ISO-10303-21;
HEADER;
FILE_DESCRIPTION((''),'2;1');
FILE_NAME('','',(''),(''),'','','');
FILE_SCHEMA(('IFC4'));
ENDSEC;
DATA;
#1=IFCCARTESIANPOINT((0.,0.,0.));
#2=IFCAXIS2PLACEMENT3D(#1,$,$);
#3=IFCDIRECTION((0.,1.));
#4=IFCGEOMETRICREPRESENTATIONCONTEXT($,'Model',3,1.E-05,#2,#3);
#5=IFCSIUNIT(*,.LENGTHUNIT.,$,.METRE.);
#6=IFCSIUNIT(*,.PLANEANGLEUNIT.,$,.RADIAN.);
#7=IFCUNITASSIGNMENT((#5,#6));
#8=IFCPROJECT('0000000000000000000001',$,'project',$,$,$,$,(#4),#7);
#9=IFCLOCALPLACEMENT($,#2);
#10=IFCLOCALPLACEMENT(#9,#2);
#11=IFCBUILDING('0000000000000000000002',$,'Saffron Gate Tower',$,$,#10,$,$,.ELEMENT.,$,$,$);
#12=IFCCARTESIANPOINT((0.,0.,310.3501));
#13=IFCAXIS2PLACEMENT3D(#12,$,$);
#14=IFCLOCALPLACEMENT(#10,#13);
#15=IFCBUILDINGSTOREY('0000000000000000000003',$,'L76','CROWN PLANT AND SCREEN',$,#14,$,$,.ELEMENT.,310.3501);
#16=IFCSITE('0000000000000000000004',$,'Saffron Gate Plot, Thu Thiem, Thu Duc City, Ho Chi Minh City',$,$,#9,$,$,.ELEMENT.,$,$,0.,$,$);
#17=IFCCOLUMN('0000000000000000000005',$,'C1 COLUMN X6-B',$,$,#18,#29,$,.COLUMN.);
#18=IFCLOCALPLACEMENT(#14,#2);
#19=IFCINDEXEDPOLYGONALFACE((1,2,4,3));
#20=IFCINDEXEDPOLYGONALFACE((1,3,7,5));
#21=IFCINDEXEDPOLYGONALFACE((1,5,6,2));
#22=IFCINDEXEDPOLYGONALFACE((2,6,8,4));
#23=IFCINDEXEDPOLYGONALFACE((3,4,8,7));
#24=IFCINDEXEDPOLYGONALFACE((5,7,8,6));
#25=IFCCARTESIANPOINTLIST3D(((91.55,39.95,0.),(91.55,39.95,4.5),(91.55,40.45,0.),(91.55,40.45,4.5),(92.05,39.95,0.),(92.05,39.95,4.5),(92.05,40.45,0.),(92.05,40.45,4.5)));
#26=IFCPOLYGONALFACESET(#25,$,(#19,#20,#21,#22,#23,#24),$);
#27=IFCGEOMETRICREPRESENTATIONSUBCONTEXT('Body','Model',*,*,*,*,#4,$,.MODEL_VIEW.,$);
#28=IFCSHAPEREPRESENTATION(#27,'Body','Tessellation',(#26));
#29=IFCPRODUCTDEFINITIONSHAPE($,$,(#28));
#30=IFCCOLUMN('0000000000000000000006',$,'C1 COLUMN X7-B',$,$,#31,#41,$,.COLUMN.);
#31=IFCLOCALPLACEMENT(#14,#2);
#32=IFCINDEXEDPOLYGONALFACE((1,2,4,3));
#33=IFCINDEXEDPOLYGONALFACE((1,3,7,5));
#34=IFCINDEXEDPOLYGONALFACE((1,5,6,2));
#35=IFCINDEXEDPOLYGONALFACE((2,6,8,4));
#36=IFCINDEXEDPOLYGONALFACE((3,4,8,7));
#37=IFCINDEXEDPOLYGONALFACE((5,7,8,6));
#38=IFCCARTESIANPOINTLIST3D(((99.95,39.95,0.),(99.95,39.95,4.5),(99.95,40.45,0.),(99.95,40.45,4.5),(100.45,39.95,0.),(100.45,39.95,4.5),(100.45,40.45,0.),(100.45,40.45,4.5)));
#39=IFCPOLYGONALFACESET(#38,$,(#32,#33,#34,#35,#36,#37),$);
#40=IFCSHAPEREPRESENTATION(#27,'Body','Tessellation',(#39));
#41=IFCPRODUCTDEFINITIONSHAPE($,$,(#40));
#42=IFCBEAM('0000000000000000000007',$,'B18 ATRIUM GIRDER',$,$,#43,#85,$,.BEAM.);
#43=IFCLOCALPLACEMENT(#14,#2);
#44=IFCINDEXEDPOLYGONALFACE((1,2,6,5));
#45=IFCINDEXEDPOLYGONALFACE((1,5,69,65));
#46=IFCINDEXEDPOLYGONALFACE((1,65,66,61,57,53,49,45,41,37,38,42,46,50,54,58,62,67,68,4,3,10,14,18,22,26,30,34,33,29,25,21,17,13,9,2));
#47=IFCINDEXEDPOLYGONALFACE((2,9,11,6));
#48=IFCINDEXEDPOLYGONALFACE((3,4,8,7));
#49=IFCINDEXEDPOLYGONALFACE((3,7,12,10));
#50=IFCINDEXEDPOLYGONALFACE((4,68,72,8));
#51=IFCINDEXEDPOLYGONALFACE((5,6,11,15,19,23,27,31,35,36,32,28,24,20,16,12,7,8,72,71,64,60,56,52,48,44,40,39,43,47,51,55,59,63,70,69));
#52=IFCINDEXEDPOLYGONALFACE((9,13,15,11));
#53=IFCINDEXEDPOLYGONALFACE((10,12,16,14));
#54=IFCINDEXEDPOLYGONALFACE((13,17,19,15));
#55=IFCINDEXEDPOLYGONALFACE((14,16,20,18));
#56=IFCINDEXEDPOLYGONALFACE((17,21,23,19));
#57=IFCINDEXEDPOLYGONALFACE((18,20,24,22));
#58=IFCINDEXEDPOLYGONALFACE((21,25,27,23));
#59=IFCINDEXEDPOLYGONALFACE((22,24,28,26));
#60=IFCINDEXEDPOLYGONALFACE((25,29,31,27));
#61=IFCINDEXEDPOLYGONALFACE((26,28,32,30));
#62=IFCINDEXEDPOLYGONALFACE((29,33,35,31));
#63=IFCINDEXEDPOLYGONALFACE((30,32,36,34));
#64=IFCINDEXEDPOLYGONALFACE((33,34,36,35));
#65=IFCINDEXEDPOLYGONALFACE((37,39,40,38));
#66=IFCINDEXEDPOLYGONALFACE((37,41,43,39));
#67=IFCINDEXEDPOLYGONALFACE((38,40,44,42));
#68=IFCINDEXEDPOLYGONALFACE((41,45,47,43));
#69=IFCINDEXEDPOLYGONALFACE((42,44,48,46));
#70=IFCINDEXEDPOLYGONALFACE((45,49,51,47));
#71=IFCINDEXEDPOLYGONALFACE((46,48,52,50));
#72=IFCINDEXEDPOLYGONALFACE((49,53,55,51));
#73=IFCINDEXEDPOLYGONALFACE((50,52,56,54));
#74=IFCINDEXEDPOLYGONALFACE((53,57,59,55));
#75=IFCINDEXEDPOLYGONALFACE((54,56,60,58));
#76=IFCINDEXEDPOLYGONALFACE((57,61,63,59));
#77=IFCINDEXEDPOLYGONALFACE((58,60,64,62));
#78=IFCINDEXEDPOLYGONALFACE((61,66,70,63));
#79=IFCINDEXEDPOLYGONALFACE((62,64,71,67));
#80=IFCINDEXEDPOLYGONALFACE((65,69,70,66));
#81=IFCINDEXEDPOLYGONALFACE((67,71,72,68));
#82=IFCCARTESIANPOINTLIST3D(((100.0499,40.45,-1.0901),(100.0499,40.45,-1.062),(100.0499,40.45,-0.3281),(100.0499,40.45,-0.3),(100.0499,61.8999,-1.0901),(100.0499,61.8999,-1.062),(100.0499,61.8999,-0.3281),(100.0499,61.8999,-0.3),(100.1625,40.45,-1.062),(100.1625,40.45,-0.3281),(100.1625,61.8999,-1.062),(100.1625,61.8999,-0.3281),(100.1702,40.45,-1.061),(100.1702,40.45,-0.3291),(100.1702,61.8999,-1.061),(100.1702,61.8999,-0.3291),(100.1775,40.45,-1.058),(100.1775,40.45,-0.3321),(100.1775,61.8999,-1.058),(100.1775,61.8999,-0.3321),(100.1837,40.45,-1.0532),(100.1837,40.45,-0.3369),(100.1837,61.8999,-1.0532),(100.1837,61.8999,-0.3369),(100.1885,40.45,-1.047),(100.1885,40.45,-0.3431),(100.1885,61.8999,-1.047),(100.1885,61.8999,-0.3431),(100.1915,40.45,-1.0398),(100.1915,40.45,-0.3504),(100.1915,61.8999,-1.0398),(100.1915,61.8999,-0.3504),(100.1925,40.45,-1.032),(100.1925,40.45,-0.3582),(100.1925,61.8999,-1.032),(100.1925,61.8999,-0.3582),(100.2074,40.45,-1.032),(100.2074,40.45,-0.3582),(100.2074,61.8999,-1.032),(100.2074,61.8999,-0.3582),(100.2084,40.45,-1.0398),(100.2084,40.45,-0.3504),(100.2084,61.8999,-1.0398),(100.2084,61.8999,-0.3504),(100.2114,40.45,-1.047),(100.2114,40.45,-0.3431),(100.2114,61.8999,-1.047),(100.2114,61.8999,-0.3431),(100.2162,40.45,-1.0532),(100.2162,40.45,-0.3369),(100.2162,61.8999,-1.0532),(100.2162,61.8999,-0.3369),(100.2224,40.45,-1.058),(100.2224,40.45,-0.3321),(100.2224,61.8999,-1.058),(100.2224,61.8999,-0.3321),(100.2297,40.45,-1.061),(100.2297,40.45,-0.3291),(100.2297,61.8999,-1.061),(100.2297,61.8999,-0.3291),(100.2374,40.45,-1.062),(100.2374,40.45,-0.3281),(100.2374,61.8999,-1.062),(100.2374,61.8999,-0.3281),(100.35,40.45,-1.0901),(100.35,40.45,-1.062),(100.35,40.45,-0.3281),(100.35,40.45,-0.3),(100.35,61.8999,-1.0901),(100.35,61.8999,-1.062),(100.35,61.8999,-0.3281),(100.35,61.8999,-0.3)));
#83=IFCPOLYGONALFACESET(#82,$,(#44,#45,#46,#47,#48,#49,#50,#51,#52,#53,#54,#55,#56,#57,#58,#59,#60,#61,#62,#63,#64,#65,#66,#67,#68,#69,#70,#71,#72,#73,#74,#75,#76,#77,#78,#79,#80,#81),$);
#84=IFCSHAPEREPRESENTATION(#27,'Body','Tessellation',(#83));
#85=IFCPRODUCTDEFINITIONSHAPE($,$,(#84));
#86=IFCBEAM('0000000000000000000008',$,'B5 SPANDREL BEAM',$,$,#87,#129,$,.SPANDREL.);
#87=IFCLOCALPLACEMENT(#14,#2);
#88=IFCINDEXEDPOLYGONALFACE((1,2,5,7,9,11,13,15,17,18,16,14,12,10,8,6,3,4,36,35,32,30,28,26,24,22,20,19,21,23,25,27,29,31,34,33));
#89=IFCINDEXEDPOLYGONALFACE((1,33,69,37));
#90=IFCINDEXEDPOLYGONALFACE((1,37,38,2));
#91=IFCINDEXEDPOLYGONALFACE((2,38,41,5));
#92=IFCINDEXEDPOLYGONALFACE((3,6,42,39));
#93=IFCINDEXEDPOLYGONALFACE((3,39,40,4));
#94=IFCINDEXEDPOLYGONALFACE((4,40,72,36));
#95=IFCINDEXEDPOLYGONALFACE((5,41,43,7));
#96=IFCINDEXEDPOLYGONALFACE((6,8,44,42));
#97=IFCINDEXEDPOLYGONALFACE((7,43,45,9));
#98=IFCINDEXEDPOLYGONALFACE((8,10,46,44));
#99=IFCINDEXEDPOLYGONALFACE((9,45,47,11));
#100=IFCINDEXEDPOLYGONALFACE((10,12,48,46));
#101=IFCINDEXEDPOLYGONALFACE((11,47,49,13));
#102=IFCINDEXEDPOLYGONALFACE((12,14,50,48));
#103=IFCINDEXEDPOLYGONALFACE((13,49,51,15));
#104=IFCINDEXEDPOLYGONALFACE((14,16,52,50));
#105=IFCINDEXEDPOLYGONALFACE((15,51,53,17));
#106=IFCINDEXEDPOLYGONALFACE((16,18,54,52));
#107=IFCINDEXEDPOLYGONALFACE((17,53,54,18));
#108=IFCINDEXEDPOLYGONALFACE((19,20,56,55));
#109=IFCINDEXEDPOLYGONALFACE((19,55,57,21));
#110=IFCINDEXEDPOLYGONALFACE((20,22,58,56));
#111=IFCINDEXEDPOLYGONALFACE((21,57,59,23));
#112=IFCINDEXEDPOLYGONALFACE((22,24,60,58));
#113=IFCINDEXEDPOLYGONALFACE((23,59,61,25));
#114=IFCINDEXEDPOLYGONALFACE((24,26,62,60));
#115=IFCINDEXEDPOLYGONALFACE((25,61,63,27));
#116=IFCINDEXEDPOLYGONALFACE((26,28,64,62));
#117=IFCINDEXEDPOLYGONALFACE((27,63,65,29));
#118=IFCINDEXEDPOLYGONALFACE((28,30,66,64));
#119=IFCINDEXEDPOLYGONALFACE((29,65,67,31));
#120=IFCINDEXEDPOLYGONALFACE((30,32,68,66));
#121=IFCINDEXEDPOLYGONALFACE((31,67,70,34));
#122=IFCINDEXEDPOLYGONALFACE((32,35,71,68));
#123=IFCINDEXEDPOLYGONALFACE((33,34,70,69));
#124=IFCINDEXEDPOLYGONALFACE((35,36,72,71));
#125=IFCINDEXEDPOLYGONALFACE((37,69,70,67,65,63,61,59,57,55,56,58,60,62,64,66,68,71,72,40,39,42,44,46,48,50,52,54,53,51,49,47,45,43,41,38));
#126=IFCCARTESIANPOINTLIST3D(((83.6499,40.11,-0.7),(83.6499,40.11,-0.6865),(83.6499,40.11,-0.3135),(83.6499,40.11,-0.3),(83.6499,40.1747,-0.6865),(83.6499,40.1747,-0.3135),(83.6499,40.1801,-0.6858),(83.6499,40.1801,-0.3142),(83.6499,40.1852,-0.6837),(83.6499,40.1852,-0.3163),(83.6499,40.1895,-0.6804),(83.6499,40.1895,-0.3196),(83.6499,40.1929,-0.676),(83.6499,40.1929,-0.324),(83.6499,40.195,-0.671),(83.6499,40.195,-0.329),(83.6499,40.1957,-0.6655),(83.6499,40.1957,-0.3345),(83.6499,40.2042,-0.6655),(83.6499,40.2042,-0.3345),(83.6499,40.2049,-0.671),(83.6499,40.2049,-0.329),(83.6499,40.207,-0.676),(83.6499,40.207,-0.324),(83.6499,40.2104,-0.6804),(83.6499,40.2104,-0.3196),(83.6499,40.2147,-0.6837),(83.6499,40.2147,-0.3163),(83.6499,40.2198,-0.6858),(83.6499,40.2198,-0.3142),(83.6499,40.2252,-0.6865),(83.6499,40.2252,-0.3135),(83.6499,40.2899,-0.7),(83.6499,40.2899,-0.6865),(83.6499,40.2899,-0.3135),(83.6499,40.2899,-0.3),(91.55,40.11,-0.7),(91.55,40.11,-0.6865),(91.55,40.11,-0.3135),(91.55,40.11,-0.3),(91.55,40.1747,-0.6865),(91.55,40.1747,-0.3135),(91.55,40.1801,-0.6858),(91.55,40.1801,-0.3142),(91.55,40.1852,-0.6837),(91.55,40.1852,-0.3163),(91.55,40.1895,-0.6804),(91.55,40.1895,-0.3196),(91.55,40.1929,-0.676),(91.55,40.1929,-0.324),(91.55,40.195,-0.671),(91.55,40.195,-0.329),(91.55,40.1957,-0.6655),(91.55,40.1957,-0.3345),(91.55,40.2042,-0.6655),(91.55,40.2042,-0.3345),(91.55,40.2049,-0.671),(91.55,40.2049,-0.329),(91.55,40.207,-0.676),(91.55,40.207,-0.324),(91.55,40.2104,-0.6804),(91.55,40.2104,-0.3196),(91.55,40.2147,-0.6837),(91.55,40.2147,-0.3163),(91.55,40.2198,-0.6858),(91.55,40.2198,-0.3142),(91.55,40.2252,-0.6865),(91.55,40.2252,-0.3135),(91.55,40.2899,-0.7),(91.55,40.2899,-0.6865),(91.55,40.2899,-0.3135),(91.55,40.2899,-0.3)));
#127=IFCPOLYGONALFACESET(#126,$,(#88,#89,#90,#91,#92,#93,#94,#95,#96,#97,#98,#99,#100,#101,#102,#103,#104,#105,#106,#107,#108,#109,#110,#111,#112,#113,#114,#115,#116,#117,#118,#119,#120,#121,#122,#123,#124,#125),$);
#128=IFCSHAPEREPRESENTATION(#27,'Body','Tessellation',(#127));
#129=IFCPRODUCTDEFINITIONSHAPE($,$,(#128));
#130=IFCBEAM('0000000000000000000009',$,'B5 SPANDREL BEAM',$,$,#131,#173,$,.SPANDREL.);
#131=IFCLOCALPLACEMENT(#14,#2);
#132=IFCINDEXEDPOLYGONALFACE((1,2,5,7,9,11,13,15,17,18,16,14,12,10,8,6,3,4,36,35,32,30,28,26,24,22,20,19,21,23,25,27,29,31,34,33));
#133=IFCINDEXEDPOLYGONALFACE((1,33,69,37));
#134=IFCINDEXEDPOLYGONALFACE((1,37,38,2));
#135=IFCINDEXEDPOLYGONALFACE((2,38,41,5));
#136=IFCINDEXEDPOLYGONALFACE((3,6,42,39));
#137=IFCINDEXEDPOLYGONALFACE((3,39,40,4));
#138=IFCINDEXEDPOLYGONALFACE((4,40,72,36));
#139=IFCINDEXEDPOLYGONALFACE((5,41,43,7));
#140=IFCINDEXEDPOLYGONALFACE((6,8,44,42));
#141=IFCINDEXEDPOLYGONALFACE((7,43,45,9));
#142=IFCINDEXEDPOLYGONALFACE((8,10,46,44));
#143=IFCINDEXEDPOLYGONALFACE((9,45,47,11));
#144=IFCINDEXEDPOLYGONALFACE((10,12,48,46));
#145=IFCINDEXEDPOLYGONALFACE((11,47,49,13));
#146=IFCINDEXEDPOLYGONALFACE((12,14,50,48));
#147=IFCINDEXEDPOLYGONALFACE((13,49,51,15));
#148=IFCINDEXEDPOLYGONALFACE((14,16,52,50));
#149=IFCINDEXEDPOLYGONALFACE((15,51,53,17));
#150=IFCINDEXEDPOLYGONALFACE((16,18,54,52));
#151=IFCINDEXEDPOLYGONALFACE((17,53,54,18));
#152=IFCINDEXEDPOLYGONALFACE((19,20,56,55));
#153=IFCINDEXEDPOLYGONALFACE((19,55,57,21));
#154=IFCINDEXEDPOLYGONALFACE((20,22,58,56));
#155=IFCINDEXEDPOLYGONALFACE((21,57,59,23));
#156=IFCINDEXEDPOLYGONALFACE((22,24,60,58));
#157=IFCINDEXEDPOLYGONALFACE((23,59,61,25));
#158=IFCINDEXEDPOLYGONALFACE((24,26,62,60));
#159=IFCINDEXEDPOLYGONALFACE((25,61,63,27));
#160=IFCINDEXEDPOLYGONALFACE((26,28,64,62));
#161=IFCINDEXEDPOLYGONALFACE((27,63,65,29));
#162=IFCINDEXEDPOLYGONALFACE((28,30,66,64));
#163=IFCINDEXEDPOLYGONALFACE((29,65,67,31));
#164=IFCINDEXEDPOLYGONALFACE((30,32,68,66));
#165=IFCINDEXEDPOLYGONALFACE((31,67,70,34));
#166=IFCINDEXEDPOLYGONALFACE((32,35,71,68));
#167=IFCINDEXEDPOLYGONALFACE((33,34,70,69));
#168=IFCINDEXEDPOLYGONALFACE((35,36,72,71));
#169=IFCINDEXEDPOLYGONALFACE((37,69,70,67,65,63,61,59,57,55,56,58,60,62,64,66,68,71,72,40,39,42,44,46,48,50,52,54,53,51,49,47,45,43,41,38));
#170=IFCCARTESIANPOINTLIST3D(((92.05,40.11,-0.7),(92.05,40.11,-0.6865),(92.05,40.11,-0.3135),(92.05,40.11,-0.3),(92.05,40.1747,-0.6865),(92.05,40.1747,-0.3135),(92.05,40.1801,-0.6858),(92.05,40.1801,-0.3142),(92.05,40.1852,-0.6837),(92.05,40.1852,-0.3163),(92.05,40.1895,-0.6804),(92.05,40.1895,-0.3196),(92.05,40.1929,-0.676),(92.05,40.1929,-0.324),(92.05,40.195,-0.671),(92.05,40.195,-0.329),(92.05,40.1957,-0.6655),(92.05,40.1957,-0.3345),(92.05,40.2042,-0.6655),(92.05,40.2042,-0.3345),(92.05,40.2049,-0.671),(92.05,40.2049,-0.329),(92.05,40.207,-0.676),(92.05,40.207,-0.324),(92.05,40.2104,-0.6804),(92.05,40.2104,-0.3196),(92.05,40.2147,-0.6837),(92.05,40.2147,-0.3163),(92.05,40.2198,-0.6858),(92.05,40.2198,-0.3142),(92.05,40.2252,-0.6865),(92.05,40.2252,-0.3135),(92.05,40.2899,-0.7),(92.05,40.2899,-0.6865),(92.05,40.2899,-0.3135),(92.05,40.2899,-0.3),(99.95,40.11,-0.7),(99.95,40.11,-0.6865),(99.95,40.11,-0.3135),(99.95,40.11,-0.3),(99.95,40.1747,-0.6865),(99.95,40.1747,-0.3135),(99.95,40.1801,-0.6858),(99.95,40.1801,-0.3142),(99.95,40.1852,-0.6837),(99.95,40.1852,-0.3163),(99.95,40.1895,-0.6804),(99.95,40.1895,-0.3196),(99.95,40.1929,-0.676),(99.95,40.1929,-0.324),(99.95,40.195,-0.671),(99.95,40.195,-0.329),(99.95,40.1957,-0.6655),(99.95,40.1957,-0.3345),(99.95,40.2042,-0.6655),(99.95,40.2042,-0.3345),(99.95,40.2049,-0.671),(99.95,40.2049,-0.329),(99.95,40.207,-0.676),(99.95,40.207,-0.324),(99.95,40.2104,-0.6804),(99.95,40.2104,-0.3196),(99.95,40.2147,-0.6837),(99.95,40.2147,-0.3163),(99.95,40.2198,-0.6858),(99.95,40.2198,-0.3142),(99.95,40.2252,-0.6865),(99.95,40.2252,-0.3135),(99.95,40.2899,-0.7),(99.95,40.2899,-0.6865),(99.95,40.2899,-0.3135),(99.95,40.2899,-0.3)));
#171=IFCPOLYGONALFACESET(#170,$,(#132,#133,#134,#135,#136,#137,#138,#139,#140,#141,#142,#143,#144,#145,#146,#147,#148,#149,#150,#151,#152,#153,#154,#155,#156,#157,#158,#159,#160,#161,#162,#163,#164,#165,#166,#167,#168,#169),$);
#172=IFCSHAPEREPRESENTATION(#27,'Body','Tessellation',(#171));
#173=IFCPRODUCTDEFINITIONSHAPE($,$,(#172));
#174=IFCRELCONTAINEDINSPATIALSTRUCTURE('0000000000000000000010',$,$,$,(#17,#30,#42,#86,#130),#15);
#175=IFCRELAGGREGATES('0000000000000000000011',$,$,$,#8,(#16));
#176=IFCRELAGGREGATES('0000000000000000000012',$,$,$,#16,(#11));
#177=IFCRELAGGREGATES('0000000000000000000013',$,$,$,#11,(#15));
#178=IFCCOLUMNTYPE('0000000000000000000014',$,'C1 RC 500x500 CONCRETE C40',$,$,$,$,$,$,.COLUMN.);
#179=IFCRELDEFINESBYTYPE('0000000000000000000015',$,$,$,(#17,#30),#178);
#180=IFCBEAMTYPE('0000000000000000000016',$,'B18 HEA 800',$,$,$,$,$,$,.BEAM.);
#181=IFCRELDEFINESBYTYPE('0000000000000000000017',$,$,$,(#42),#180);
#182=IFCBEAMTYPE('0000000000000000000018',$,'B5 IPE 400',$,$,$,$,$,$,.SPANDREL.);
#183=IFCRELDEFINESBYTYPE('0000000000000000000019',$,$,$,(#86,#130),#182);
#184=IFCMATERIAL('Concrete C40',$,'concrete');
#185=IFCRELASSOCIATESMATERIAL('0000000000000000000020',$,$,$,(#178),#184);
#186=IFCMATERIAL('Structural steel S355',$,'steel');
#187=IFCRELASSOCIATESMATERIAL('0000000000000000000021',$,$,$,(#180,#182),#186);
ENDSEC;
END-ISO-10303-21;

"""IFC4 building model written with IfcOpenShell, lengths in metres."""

from ifc_helpers import new_model, si_unit, direction, frame, origin, origin_2d, place, context, subcontext, project, spatial, rectangle, i_section, extrude, material, material_profile, profile_set, type_object, element, save


model = new_model("IFC4")

# Units and contexts
model_context = context("Model", 3, precision=1e-05, world=origin(), true_north=direction((0.0, 1.0)))
body_context = subcontext(model_context, "Body", "Model", "MODEL_VIEW")
ifc_project = project(units=[si_unit("LENGTHUNIT", "METRE"), si_unit("PLANEANGLEUNIT", "RADIAN")], contexts=[model_context])

# Site, building, storey
site_placement = place(None, origin())
site = spatial("IfcSite", under=ifc_project, at=site_placement, Name="Saffron Gate Plot, Thu Thiem, Thu Duc City, Ho Chi Minh City", CompositionType="ELEMENT", RefElevation=0.0)
building_placement = place(site_placement, origin())
building = spatial("IfcBuilding", under=site, at=building_placement, Name="Saffron Gate Tower", CompositionType="ELEMENT")
storey_placement = place(building_placement, frame((0.0, 0.0, 310.3501)))
storey = spatial("IfcBuildingStorey", under=building, at=storey_placement, Name="L76", Description="CROWN PLANT AND SCREEN", CompositionType="ELEMENT", Elevation=310.3501)

# Columns
ifc_material_1 = material(Name="Concrete C40", Category="concrete")
ifc_material_profile_1 = material_profile(ifc_material_1, rectangle(XDim=0.5, YDim=0.5, at=origin_2d()))
ifc_profile_set_1 = profile_set([ifc_material_profile_1], Name="Concrete C40")
column_type = type_object("IfcColumnType", Name="C1 RC 500x500 CONCRETE C40", PredefinedType="COLUMN", material=ifc_profile_set_1)
for number, where, z_axis, x_axis, name in (
    (1, (91.8, 40.2, 0.0), (0.0, 0.0, 1.0), (1.0, 0.0, 0.0), "C1 COLUMN X6-B"),
    (2, (100.2, 40.2, 0.0), (0.0, 0.0, 1.0), (1.0, 0.0, 0.0), "C1 COLUMN X7-B"),
):
    element("IfcColumn", number, at=place(storey_placement, frame(where, z_axis=z_axis, x_axis=x_axis)), inside=storey, type_object=column_type, Name=name, PredefinedType="COLUMN", context=body_context, shape_type="SweptSolid", body=[
        extrude(rectangle(XDim=0.5, YDim=0.5, at=origin_2d()), origin(), (0.0, 0.0, 1.0), 4.5),
    ])

# Beams
ifc_material_2 = material(Name="Structural steel S355", Category="steel")
ifc_material_profile_2 = material_profile(ifc_material_2, i_section(OverallWidth=0.3, OverallDepth=0.79, WebThickness=0.0149, FlangeThickness=0.0281, FilletRadius=0.03, at=origin_2d()))
ifc_profile_set_2 = profile_set([ifc_material_profile_2], Name="Structural steel S355")
beam_type_1 = type_object("IfcBeamType", Name="B18 HEA 800", PredefinedType="BEAM", material=ifc_profile_set_2)
beam_1_placement = place(storey_placement, frame((100.2, 40.45, -0.6951), z_axis=(0.0, 1.0, 0.0), x_axis=(-1.0, 0.0, 0.0)))
element("IfcBeam", 3, at=beam_1_placement, inside=storey, type_object=beam_type_1, Name="B18 ATRIUM GIRDER", PredefinedType="BEAM", context=body_context, shape_type="SweptSolid", body=[
    extrude(i_section(OverallWidth=0.3, OverallDepth=0.79, WebThickness=0.0149, FlangeThickness=0.0281, FilletRadius=0.03, at=origin_2d()), origin(), (0.0, 0.0, 1.0), 21.45),
])
ifc_material_profile_3 = material_profile(ifc_material_2, i_section(OverallWidth=0.1799, OverallDepth=0.3999, WebThickness=0.0085, FlangeThickness=0.0134, FilletRadius=0.021, at=origin_2d()))
ifc_profile_set_3 = profile_set([ifc_material_profile_3], Name="Structural steel S355")
beam_type_2 = type_object("IfcBeamType", Name="B5 IPE 400", PredefinedType="SPANDREL", material=ifc_profile_set_3)
beam_2_placement = place(storey_placement, frame((83.6499, 40.2, -0.5), z_axis=(1.0, 0.0, 0.0), x_axis=(0.0, 1.0, 0.0)))
element("IfcBeam", 4, at=beam_2_placement, inside=storey, type_object=beam_type_2, Name="B5 SPANDREL BEAM", PredefinedType="SPANDREL", context=body_context, shape_type="SweptSolid", body=[
    extrude(i_section(OverallWidth=0.1799, OverallDepth=0.3999, WebThickness=0.0085, FlangeThickness=0.0134, FilletRadius=0.021, at=origin_2d()), origin(), (0.0, 0.0, 1.0), 7.9001),
])
beam_3_placement = place(storey_placement, frame((92.05, 40.2, -0.5), z_axis=(1.0, 0.0, 0.0), x_axis=(0.0, 1.0, 0.0)))
element("IfcBeam", 5, at=beam_3_placement, inside=storey, type_object=beam_type_2, Name="B5 SPANDREL BEAM", PredefinedType="SPANDREL", context=body_context, shape_type="SweptSolid", body=[
    extrude(i_section(OverallWidth=0.1799, OverallDepth=0.3999, WebThickness=0.0085, FlangeThickness=0.0134, FilletRadius=0.021, at=origin_2d()), origin(), (0.0, 0.0, 1.0), 7.8999),
])

save(model, "model.ifc")
